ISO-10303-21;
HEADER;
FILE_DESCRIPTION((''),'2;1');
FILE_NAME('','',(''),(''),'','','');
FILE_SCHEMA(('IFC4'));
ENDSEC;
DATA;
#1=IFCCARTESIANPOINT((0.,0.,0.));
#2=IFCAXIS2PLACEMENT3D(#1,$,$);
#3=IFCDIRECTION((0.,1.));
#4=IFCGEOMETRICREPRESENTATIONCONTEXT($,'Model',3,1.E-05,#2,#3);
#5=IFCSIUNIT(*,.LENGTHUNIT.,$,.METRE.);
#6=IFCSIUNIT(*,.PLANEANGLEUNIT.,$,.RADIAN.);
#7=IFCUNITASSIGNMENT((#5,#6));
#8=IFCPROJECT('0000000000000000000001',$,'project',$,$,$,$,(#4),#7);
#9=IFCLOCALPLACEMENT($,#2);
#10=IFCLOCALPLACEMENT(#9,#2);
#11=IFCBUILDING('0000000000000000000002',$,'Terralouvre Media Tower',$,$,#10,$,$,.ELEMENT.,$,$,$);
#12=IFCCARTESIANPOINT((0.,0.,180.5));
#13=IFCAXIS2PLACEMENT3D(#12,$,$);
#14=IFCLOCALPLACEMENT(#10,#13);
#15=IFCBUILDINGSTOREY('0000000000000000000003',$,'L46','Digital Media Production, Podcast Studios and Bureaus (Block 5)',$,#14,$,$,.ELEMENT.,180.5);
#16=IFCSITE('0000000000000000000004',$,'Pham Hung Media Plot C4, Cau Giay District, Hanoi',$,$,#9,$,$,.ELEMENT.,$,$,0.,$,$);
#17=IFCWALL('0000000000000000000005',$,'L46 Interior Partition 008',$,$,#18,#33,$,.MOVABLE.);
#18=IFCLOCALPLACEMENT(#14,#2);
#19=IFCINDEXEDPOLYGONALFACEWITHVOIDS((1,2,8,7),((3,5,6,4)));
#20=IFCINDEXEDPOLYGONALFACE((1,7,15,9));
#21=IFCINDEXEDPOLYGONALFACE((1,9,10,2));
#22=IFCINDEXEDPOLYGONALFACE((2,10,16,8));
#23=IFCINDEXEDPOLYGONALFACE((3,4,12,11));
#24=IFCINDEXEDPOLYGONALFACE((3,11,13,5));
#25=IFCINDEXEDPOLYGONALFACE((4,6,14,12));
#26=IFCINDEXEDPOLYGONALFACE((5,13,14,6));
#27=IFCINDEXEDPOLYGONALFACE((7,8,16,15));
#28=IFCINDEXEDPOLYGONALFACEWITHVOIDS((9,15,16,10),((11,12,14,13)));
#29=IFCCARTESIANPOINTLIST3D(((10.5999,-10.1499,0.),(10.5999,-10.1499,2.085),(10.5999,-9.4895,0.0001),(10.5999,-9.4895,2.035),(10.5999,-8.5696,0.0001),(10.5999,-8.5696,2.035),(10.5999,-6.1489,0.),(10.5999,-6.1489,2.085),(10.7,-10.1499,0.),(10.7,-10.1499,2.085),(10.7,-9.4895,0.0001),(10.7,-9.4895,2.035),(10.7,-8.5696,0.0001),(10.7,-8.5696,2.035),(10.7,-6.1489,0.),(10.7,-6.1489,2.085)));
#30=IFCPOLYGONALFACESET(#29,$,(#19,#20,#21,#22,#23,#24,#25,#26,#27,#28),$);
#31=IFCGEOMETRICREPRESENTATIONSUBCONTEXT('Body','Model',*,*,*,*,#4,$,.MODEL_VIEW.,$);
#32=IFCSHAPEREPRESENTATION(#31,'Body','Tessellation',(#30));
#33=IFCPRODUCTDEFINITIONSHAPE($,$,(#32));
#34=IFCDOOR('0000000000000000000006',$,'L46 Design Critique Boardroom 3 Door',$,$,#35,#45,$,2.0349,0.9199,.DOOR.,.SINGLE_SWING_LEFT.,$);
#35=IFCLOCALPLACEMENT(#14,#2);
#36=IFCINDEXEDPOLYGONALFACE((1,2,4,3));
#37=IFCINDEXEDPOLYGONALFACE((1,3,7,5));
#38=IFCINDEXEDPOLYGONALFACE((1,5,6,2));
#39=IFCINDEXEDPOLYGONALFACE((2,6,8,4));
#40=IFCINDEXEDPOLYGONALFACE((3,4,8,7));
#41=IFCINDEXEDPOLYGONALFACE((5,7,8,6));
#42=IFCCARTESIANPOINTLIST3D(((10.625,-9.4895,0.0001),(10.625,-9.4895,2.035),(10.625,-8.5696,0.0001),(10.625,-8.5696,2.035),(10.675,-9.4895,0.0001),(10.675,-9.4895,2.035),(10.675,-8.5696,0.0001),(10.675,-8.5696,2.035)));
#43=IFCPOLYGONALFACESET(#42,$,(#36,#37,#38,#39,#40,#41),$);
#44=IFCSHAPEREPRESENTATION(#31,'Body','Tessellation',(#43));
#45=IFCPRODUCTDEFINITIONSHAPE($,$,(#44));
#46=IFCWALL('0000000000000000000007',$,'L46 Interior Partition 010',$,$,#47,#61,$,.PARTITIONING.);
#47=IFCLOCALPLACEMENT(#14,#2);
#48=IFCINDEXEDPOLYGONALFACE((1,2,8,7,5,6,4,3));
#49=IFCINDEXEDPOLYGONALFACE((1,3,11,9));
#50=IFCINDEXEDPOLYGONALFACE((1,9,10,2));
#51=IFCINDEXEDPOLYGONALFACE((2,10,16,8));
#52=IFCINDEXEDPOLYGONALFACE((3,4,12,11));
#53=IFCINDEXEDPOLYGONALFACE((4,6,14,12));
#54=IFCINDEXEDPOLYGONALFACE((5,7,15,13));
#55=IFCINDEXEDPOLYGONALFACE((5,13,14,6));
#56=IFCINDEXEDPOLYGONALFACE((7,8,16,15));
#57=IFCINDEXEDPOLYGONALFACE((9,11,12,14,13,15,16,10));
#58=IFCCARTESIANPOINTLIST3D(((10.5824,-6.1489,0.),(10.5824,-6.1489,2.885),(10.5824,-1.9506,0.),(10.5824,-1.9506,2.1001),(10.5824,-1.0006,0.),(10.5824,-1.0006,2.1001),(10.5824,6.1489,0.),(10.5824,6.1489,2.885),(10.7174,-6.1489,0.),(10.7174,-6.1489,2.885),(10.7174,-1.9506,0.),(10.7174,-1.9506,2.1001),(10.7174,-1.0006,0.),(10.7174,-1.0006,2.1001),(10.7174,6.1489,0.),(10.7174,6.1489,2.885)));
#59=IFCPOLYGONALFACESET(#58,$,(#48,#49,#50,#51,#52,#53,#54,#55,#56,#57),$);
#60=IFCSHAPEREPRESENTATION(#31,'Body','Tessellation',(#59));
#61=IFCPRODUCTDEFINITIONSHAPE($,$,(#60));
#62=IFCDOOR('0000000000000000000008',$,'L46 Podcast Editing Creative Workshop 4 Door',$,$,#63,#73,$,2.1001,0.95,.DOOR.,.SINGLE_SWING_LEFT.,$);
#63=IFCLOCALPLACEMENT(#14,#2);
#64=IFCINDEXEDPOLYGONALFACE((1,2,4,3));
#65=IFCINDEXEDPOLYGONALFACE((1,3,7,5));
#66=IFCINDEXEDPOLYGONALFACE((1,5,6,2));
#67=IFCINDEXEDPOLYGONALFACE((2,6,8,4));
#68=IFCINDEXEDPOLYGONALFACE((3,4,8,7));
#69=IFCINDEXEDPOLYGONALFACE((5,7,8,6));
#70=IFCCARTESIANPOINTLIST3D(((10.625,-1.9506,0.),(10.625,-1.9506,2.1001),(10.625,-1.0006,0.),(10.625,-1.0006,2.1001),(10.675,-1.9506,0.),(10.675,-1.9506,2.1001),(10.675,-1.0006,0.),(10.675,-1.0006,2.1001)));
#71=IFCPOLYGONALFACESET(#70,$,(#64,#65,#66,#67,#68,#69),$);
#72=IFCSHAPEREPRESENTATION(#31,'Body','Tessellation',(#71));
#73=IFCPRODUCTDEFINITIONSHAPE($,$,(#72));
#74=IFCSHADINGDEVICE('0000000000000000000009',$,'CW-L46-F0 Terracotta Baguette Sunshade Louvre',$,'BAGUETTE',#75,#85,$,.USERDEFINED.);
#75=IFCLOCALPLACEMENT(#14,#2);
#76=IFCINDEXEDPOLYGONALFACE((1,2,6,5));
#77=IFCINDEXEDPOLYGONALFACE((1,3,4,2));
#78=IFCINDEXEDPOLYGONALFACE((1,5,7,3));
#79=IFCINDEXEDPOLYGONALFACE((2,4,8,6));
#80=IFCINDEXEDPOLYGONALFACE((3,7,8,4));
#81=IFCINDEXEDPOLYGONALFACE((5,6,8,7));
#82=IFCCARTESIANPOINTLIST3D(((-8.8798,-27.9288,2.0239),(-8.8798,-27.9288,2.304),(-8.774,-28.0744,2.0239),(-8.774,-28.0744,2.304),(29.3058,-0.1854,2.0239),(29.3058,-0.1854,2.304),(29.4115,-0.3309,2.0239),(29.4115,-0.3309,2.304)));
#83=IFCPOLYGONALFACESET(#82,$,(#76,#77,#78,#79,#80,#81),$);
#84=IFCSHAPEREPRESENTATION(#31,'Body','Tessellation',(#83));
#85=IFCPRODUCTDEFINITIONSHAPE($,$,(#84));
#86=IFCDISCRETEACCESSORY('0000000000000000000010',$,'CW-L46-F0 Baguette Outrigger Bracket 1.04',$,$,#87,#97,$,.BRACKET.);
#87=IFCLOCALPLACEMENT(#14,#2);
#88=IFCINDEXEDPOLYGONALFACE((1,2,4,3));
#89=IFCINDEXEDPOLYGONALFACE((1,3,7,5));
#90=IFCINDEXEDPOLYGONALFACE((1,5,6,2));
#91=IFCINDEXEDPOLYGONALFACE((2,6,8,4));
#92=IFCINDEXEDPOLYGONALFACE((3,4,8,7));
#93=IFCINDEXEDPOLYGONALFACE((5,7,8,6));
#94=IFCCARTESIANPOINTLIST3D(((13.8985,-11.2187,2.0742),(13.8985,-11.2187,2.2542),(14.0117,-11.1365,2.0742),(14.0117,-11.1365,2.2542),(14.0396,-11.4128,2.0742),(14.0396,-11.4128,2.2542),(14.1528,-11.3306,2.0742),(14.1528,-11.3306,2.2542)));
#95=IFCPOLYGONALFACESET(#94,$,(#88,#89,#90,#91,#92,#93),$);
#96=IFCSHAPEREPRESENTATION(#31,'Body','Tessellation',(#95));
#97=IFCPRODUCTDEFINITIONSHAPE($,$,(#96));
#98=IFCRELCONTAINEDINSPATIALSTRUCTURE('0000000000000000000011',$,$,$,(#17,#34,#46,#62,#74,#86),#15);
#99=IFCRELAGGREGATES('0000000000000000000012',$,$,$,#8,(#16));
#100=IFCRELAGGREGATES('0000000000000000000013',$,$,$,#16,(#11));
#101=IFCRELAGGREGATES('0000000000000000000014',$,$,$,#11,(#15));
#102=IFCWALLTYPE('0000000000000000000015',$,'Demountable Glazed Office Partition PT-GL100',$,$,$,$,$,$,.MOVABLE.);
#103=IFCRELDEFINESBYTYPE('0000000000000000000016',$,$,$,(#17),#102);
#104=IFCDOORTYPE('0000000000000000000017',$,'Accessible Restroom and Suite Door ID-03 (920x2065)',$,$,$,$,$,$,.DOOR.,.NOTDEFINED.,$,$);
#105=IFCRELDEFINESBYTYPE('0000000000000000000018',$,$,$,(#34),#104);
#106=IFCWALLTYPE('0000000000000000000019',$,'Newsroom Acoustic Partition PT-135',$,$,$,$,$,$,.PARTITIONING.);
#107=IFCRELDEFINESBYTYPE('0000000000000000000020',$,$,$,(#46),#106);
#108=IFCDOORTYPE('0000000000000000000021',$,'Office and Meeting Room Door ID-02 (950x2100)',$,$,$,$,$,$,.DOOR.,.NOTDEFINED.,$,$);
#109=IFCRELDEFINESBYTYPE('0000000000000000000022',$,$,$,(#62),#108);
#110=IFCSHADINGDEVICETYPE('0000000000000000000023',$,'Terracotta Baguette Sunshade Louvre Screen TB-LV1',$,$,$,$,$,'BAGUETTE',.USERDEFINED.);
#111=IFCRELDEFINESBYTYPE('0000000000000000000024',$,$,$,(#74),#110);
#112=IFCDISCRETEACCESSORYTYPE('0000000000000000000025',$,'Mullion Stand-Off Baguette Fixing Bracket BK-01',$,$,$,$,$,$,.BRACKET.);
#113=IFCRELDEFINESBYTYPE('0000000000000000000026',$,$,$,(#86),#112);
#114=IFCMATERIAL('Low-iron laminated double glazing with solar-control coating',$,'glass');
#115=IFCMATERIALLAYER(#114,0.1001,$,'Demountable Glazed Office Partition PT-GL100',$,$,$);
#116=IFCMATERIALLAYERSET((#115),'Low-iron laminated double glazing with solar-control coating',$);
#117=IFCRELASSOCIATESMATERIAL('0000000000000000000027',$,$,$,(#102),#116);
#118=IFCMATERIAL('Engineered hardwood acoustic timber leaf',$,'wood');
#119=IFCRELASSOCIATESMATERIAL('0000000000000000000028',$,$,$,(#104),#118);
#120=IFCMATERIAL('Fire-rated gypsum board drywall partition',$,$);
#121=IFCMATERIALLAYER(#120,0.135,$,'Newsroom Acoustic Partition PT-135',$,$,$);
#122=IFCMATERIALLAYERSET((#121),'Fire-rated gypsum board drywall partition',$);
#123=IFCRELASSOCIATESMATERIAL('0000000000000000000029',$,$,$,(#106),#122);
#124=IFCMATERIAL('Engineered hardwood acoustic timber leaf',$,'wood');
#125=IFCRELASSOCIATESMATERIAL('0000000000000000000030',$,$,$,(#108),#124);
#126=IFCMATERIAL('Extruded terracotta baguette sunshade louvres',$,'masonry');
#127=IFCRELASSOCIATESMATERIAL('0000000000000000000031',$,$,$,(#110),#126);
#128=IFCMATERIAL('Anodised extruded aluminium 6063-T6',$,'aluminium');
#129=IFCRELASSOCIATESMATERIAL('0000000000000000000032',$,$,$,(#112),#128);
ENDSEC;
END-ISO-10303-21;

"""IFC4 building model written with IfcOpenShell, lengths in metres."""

from ifc_helpers import new_model, si_unit, direction, frame, frame_2d, origin, origin_2d, place, context, subcontext, project, spatial, rectangle, extrude, material, layer, layer_set, type_object, element, fill, save


model = new_model("IFC4")

# Units and contexts
model_context = context("Model", 3, precision=1e-05, world=origin(), true_north=direction((0.0, 1.0)))
body_context = subcontext(model_context, "Body", "Model", "MODEL_VIEW")
ifc_project = project(units=[si_unit("LENGTHUNIT", "METRE"), si_unit("PLANEANGLEUNIT", "RADIAN")], contexts=[model_context])

# Site, building, storey
site_placement = place(None, origin())
site = spatial("IfcSite", under=ifc_project, at=site_placement, Name="Pham Hung Media Plot C4, Cau Giay District, Hanoi", CompositionType="ELEMENT", RefElevation=0.0)
building_placement = place(site_placement, origin())
building = spatial("IfcBuilding", under=site, at=building_placement, Name="Terralouvre Media Tower", CompositionType="ELEMENT")
storey_placement = place(building_placement, frame((0.0, 0.0, 180.5)))
storey = spatial("IfcBuildingStorey", under=building, at=storey_placement, Name="L46", Description="Digital Media Production, Podcast Studios and Bureaus (Block 5)", CompositionType="ELEMENT", Elevation=180.5)

# Shared definitions
ifc_material_1 = material(Name="Low-iron laminated double glazing with solar-control coating", Category="glass")
ifc_layer_1 = layer(ifc_material_1, 0.1001, Name="Demountable Glazed Office Partition PT-GL100")
ifc_layer_set_1 = layer_set([ifc_layer_1], Name="Low-iron laminated double glazing with solar-control coating")
wall_type_1 = type_object("IfcWallType", Name="Demountable Glazed Office Partition PT-GL100", PredefinedType="MOVABLE", material=ifc_layer_set_1)

# Walls, openings, doors
wall_1_placement = place(storey_placement, frame((10.6499, -10.1499, 0.0), z_axis=(0.0, 0.0, 1.0), x_axis=(0.0, 1.0, 0.0)))
wall_1 = element("IfcWall", 1, at=wall_1_placement, inside=storey, type_object=wall_type_1, Name="L46 Interior Partition 008", PredefinedType="MOVABLE", context=body_context, shape_type="SweptSolid", body=[
    extrude(rectangle(XDim=4.001, YDim=0.1001, at=frame_2d((2.0005, 0.0))), origin(), (0.0, 0.0, 1.0), 2.085),
])
opening_1_placement = place(wall_1_placement, frame((0.6604, 0.0, 0.0)))
opening_1 = element("IfcOpeningElement", 2, at=opening_1_placement, cuts=wall_1, PredefinedType="OPENING", context=body_context, shape_type="SweptSolid", body=[
    extrude(rectangle(XDim=0.9199, YDim=2.0349, at=frame_2d((0.46, 1.0176))), frame((0.0, 0.0601, 0.0), z_axis=(0.0, -1.0, 0.0), x_axis=(1.0, 0.0, 0.0)), (0.0, 0.0, 1.0), 0.1201),
])
ifc_material_2 = material(Name="Engineered hardwood acoustic timber leaf", Category="wood")
door_type_1 = type_object("IfcDoorType", Name="Accessible Restroom and Suite Door ID-03 (920x2065)", OperationType="NOTDEFINED", PredefinedType="DOOR", material=ifc_material_2)
door_1_placement = place(opening_1_placement, origin())
door_1 = element("IfcDoor", 3, at=door_1_placement, inside=storey, type_object=door_type_1, Name="L46 Design Critique Boardroom 3 Door", OperationType="SINGLE_SWING_LEFT", OverallHeight=2.0349, OverallWidth=0.9199, PredefinedType="DOOR", context=body_context, shape_type="SweptSolid", body=[
    extrude(rectangle(XDim=0.9199, YDim=2.0349, at=frame_2d((0.46, 1.0176))), frame((0.0, 0.0249, 0.0), z_axis=(0.0, -1.0, 0.0), x_axis=(1.0, 0.0, 0.0)), (0.0, 0.0, 1.0), 0.05),
])
fill(opening_1, door_1)
ifc_material_3 = material(Name="Fire-rated gypsum board drywall partition")
ifc_layer_2 = layer(ifc_material_3, 0.135, Name="Newsroom Acoustic Partition PT-135")
ifc_layer_set_2 = layer_set([ifc_layer_2], Name="Fire-rated gypsum board drywall partition")
wall_type_2 = type_object("IfcWallType", Name="Newsroom Acoustic Partition PT-135", PredefinedType="PARTITIONING", material=ifc_layer_set_2)
wall_2_placement = place(storey_placement, frame((10.6499, -6.1489, 0.0), z_axis=(0.0, 0.0, 1.0), x_axis=(0.0, 1.0, 0.0)))
wall_2 = element("IfcWall", 4, at=wall_2_placement, inside=storey, type_object=wall_type_2, Name="L46 Interior Partition 010", PredefinedType="PARTITIONING", context=body_context, shape_type="SweptSolid", body=[
    extrude(rectangle(XDim=12.2979, YDim=0.135, at=frame_2d((6.1489, 0.0))), origin(), (0.0, 0.0, 1.0), 2.885),
])
opening_2_placement = place(wall_2_placement, frame((4.1982, 0.0, 0.0)))
opening_2 = element("IfcOpeningElement", 5, at=opening_2_placement, cuts=wall_2, PredefinedType="OPENING", context=body_context, shape_type="SweptSolid", body=[
    extrude(rectangle(XDim=0.95, YDim=2.1001, at=frame_2d((0.4751, 1.05))), frame((0.0, 0.0774, 0.0), z_axis=(0.0, -1.0, 0.0), x_axis=(1.0, 0.0, 0.0)), (0.0, 0.0, 1.0), 0.155),
])
ifc_material_4 = material(Name="Engineered hardwood acoustic timber leaf", Category="wood")
door_type_2 = type_object("IfcDoorType", Name="Office and Meeting Room Door ID-02 (950x2100)", OperationType="NOTDEFINED", PredefinedType="DOOR", material=ifc_material_4)
door_2_placement = place(opening_2_placement, origin())
door_2 = element("IfcDoor", 6, at=door_2_placement, inside=storey, type_object=door_type_2, Name="L46 Podcast Editing Creative Workshop 4 Door", OperationType="SINGLE_SWING_LEFT", OverallHeight=2.1001, OverallWidth=0.95, PredefinedType="DOOR", context=body_context, shape_type="SweptSolid", body=[
    extrude(rectangle(XDim=0.95, YDim=2.1001, at=frame_2d((0.4751, 1.05))), frame((0.0, 0.0249, 0.0), z_axis=(0.0, -1.0, 0.0), x_axis=(1.0, 0.0, 0.0)), (0.0, 0.0, 1.0), 0.05),
])
fill(opening_2, door_2)

# Shading device
ifc_material_5 = material(Name="Extruded terracotta baguette sunshade louvres", Category="masonry")
shading_device_type = type_object("IfcShadingDeviceType", Name="Terracotta Baguette Sunshade Louvre Screen TB-LV1", ElementType="BAGUETTE", PredefinedType="USERDEFINED", material=ifc_material_5)
shading_device_placement = place(storey_placement, frame((10.2659, -14.1299, 2.0239), z_axis=(0.0, 0.0, 1.0), x_axis=(0.809017, 0.587785, 0.0)))
element("IfcShadingDevice", 7, at=shading_device_placement, inside=storey, type_object=shading_device_type, Name="CW-L46-F0 Terracotta Baguette Sunshade Louvre", ObjectType="BAGUETTE", PredefinedType="USERDEFINED", context=body_context, shape_type="SweptSolid", body=[
    extrude(rectangle(XDim=47.2, YDim=0.1799, at=origin_2d()), origin(), (0.0, 0.0, 1.0), 0.28),
])

# Discrete accessory
ifc_material_6 = material(Name="Anodised extruded aluminium 6063-T6", Category="aluminium")
discrete_accessory_type = type_object("IfcDiscreteAccessoryType", Name="Mullion Stand-Off Baguette Fixing Bracket BK-01", PredefinedType="BRACKET", material=ifc_material_6)
discrete_accessory_placement = place(storey_placement, frame((14.0256, -11.2747, 2.0742), z_axis=(0.0, 0.0, 1.0), x_axis=(0.809017, 0.587785, 0.0)))
element("IfcDiscreteAccessory", 8, at=discrete_accessory_placement, inside=storey, type_object=discrete_accessory_type, Name="CW-L46-F0 Baguette Outrigger Bracket 1.04", PredefinedType="BRACKET", context=body_context, shape_type="SweptSolid", body=[
    extrude(rectangle(XDim=0.1399, YDim=0.24, at=origin_2d()), origin(), (0.0, 0.0, 1.0), 0.1799),
])

save(model, "model.ifc")
